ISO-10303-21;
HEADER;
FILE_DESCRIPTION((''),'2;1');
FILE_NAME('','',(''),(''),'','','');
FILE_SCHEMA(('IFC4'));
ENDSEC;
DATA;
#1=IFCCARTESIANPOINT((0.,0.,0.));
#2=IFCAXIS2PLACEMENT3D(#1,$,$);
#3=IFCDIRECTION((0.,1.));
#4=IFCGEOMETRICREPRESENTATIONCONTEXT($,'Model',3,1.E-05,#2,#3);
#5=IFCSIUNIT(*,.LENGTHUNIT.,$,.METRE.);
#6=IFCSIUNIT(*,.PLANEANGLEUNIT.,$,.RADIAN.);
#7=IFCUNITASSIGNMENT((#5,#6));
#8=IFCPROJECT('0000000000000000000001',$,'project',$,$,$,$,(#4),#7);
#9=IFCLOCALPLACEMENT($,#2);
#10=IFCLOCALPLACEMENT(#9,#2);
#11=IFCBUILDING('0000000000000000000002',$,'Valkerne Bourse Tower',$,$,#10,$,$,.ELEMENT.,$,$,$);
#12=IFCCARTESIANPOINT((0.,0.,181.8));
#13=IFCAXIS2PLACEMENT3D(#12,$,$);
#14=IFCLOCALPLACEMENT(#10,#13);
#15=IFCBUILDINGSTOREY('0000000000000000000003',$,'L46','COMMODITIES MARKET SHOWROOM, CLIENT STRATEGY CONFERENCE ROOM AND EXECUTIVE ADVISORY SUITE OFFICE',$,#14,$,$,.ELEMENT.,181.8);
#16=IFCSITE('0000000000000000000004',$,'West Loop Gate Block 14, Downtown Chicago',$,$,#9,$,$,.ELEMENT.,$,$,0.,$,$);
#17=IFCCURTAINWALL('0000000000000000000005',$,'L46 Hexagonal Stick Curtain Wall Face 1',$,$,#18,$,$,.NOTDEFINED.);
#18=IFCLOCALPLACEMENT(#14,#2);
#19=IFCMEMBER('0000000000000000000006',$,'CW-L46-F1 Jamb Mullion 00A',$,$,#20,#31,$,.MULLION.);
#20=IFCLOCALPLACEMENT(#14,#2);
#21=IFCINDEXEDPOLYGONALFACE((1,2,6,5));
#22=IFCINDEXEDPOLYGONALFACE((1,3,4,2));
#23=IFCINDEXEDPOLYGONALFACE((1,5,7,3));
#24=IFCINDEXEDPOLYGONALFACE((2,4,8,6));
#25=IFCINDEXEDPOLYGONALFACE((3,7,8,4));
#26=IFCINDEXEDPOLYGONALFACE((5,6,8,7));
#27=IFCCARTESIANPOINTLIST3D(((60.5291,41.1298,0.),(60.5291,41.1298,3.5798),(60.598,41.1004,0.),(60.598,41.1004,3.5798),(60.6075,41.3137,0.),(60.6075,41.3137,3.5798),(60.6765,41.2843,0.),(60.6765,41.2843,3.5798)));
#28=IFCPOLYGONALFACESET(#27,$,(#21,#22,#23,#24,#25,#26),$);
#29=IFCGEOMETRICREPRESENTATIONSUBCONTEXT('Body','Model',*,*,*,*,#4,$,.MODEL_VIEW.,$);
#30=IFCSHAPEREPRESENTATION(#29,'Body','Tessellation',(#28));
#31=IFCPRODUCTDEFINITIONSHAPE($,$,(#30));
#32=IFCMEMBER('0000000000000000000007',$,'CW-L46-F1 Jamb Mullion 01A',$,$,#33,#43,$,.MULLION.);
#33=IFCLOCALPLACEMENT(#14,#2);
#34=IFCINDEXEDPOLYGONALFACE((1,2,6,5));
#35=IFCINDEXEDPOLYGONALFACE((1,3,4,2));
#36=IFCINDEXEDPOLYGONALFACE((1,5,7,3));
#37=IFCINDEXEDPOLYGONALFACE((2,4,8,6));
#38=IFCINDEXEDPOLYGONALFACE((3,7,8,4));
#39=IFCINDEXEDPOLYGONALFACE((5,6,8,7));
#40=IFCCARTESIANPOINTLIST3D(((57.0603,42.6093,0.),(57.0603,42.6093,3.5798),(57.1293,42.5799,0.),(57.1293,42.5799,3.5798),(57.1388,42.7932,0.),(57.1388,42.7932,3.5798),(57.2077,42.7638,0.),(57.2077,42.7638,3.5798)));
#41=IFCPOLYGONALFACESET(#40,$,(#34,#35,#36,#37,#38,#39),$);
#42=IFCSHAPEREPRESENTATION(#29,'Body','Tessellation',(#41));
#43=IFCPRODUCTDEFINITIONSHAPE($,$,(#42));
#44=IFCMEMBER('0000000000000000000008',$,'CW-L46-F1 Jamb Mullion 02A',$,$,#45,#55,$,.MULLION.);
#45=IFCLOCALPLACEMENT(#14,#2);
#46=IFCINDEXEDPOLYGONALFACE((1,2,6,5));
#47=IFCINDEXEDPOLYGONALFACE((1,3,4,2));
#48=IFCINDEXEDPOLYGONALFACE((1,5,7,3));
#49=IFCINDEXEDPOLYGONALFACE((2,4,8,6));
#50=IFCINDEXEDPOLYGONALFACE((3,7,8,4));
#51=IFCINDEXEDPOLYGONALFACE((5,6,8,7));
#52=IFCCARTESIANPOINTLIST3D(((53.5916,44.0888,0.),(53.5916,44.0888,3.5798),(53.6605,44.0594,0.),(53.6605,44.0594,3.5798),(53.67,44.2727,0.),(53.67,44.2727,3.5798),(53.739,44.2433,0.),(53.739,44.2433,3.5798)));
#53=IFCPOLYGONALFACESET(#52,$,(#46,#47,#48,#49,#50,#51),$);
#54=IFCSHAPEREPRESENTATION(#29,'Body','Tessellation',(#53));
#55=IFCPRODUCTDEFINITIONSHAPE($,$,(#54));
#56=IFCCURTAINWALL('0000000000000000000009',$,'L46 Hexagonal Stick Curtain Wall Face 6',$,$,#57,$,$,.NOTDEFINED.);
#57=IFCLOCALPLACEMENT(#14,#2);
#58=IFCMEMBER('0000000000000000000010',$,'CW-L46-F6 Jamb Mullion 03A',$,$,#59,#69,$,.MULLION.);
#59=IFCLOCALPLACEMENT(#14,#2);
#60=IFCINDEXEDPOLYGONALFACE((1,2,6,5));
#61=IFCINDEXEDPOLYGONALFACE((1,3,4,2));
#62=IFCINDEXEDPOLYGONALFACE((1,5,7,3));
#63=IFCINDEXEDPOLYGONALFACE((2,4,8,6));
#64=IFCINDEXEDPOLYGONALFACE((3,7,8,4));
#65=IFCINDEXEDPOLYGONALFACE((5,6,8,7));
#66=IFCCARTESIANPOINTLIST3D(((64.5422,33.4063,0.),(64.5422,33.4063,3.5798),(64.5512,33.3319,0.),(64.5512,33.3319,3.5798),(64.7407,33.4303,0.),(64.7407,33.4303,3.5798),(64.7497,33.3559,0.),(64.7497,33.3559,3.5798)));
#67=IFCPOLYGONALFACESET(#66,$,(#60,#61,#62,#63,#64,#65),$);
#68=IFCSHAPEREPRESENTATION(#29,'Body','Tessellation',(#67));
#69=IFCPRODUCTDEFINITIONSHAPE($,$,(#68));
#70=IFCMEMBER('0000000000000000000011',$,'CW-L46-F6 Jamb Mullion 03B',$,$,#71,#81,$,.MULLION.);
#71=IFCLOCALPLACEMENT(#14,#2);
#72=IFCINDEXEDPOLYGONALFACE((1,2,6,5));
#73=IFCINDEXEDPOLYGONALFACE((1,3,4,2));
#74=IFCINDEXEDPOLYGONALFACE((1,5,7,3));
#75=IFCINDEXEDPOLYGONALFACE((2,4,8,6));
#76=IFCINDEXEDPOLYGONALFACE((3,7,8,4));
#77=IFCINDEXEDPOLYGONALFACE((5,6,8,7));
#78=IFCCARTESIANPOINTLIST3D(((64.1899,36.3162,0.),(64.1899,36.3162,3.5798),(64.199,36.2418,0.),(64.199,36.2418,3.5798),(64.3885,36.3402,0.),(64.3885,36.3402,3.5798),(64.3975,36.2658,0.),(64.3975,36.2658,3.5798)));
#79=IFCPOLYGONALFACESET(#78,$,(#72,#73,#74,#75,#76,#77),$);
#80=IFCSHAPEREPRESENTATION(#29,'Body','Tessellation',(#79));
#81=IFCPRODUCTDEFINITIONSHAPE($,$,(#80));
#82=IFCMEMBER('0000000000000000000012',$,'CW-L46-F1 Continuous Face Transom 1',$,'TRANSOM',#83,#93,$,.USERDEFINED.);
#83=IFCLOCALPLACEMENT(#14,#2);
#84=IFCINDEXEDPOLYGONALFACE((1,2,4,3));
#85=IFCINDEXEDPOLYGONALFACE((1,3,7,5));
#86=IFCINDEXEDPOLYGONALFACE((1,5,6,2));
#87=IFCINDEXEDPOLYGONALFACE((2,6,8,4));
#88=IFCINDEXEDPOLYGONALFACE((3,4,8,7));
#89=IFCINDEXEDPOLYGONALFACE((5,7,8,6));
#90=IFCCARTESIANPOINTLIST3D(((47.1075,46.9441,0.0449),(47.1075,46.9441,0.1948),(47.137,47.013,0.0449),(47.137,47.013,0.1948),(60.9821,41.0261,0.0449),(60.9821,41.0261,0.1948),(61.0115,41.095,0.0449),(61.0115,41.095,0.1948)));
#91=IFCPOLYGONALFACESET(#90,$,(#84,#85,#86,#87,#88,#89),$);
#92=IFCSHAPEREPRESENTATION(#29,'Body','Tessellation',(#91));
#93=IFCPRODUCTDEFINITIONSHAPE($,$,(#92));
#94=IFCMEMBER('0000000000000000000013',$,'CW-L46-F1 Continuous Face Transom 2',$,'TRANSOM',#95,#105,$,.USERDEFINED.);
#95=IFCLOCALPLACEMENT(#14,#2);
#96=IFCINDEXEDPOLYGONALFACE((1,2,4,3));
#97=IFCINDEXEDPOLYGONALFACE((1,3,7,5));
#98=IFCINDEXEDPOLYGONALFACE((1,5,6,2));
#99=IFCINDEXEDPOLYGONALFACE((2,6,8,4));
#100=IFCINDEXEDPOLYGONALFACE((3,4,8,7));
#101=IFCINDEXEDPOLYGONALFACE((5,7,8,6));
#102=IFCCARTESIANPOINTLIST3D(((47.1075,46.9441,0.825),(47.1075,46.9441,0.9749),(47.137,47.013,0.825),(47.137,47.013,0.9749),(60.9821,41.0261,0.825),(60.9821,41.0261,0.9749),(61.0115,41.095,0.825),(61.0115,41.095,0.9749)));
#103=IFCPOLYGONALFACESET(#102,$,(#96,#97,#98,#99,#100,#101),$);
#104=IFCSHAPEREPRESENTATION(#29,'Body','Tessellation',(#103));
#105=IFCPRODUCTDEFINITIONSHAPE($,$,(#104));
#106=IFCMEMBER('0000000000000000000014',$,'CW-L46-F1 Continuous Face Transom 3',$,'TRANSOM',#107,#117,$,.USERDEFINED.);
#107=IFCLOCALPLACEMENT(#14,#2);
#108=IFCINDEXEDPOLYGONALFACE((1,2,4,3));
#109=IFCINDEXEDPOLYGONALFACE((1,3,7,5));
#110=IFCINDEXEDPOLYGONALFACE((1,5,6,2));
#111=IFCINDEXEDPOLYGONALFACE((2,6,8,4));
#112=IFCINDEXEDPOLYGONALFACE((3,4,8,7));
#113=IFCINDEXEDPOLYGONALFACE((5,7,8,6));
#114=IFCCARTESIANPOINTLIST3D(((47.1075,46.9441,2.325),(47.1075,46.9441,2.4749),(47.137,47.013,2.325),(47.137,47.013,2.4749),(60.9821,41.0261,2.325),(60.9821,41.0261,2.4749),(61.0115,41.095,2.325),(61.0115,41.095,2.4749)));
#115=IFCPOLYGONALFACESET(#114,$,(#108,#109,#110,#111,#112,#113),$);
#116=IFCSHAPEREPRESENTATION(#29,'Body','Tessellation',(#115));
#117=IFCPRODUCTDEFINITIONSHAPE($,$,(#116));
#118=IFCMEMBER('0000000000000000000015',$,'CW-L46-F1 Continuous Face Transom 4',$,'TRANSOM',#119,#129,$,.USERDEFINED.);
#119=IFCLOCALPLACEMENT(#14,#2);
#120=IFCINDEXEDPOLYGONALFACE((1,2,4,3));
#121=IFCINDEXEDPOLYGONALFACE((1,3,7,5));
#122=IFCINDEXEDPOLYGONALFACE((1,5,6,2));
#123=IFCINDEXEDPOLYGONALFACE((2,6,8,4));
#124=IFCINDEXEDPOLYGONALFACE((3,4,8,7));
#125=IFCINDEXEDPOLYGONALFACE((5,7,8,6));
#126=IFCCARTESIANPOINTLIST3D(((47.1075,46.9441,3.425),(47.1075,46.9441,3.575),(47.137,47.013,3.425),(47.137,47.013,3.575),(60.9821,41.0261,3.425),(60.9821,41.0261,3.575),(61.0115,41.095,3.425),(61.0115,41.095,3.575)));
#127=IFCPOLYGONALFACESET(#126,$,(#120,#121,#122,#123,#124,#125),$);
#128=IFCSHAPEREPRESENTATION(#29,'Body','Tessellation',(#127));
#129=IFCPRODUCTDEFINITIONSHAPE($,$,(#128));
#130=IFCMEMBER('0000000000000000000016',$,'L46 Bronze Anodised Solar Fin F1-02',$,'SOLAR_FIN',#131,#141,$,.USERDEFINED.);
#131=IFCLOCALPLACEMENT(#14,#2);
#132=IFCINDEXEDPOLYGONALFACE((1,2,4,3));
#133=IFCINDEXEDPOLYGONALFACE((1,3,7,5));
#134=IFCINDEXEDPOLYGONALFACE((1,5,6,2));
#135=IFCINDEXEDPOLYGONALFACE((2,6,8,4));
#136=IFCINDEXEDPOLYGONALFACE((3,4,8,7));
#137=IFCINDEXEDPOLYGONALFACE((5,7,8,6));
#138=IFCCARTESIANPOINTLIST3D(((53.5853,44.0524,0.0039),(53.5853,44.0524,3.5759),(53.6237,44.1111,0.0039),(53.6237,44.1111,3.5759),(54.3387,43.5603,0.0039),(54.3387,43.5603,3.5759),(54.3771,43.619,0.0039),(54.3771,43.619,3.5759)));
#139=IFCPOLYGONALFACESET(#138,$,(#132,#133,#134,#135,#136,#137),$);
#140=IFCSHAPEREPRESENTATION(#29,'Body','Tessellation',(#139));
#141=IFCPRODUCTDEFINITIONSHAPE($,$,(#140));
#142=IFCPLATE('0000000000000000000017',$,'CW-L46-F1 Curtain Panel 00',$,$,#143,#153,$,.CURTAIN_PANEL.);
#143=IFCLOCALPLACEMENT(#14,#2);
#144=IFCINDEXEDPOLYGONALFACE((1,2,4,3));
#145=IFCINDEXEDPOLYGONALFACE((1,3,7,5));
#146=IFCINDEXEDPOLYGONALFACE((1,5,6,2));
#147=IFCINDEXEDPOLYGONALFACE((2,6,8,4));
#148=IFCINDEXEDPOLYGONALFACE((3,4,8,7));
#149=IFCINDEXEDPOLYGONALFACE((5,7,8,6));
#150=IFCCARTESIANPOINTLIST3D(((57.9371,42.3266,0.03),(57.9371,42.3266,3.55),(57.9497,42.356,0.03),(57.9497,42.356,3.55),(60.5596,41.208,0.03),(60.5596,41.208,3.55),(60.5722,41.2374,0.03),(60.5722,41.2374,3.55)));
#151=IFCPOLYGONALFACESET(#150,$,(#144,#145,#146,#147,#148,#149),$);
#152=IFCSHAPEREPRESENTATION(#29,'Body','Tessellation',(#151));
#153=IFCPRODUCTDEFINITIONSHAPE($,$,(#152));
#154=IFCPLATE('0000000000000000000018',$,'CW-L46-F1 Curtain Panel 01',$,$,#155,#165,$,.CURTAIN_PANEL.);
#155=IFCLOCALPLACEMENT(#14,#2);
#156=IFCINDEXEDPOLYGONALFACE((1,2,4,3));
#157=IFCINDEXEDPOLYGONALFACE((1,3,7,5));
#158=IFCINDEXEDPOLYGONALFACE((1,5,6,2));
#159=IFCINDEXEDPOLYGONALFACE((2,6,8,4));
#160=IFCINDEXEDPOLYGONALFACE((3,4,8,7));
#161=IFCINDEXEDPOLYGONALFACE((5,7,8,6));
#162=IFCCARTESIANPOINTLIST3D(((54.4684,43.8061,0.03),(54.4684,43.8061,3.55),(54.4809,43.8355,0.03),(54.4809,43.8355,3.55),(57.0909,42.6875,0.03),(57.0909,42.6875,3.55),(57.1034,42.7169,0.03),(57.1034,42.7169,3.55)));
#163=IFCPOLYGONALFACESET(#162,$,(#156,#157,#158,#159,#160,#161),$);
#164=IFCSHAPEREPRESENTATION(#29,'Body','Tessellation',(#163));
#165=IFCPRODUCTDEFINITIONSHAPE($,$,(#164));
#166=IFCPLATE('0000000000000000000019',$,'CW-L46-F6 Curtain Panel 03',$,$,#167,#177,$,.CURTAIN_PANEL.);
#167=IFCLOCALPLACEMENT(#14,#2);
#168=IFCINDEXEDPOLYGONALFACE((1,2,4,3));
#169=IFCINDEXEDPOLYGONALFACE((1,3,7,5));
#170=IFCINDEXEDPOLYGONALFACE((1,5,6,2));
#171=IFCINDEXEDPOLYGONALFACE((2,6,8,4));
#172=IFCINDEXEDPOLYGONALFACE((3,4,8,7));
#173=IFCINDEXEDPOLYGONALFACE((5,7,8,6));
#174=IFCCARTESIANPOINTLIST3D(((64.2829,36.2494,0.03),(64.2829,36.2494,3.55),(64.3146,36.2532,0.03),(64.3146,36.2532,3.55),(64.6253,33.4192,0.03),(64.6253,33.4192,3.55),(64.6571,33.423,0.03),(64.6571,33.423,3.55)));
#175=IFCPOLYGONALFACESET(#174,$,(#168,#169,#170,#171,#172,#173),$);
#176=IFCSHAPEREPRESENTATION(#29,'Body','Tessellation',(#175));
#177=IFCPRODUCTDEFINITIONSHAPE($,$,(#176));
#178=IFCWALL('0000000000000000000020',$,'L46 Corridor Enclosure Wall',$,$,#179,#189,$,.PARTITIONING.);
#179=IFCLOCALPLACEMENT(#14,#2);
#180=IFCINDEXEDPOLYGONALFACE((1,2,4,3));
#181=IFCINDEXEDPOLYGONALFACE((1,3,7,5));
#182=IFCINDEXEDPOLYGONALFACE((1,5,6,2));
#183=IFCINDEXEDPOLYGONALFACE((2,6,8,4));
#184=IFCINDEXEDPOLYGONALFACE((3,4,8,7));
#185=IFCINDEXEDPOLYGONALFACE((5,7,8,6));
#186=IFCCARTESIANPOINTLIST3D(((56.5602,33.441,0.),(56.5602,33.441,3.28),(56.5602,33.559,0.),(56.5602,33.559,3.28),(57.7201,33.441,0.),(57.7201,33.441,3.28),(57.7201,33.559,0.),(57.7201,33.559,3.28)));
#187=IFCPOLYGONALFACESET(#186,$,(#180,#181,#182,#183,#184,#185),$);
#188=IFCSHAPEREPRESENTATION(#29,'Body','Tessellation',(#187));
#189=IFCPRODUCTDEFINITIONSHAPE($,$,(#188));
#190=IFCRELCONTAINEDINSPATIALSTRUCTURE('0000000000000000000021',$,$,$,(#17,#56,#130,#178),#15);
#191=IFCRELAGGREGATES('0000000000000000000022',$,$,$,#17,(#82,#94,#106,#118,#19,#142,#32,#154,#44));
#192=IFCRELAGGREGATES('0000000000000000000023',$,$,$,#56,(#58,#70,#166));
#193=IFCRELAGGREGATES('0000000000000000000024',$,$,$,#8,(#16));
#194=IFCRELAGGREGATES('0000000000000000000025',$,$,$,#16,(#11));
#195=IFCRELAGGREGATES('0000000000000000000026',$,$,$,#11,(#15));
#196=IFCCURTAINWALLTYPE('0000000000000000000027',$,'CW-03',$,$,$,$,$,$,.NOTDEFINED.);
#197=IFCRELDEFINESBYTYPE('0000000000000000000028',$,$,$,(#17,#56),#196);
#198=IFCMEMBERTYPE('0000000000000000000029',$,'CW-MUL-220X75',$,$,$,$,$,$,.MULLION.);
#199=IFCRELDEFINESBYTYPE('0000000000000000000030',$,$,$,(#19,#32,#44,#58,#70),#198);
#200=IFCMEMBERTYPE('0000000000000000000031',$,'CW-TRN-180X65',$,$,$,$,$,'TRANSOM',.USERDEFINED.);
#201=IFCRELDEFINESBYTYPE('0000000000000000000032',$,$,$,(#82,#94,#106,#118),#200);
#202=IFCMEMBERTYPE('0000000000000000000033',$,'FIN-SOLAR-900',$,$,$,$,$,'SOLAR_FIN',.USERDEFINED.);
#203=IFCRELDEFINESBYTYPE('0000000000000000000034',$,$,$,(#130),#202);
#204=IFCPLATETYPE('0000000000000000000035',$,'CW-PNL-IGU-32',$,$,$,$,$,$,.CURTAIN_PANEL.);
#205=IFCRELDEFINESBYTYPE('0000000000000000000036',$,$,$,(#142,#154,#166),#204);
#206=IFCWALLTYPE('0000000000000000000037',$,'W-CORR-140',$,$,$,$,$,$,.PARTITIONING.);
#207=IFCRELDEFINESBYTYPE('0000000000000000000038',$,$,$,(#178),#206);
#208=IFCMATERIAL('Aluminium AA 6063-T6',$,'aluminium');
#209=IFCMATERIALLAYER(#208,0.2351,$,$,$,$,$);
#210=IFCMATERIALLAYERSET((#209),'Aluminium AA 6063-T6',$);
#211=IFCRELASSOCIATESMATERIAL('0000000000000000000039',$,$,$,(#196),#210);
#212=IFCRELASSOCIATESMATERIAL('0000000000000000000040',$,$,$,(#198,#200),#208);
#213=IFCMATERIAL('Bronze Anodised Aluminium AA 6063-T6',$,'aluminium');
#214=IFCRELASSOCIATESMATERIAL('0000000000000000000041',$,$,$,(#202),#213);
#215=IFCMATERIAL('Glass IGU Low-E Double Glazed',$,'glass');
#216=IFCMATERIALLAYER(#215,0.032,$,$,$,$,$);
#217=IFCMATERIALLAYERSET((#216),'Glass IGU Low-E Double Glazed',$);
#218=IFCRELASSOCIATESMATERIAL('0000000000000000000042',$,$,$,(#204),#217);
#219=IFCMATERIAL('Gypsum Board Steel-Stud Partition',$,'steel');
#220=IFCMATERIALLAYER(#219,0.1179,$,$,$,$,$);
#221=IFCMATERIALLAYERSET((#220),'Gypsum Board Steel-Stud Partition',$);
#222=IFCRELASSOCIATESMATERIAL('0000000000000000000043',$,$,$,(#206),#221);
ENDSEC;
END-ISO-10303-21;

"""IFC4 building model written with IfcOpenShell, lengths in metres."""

from ifc_helpers import new_model, si_unit, direction, frame, frame_2d, origin, origin_2d, place, context, subcontext, project, spatial, rectangle, extrude, material, layer, layer_set, material_profile, profile_set, type_object, element, aggregate, save


model = new_model("IFC4")

# Units and contexts
model_context = context("Model", 3, precision=1e-05, world=origin(), true_north=direction((0.0, 1.0)))
body_context = subcontext(model_context, "Body", "Model", "MODEL_VIEW")
ifc_project = project(units=[si_unit("LENGTHUNIT", "METRE"), si_unit("PLANEANGLEUNIT", "RADIAN")], contexts=[model_context])

# Site, building, storey
site_placement = place(None, origin())
site = spatial("IfcSite", under=ifc_project, at=site_placement, Name="West Loop Gate Block 14, Downtown Chicago", CompositionType="ELEMENT", RefElevation=0.0)
building_placement = place(site_placement, origin())
building = spatial("IfcBuilding", under=site, at=building_placement, Name="Valkerne Bourse Tower", CompositionType="ELEMENT")
storey_placement = place(building_placement, frame((0.0, 0.0, 181.8)))
storey = spatial("IfcBuildingStorey", under=building, at=storey_placement, Name="L46", Description="COMMODITIES MARKET SHOWROOM, CLIENT STRATEGY CONFERENCE ROOM AND EXECUTIVE ADVISORY SUITE OFFICE", CompositionType="ELEMENT", Elevation=181.8)

# Curtain walls, members
ifc_material_1 = material(Name="Aluminium AA 6063-T6", Category="aluminium")
ifc_layer_1 = layer(ifc_material_1, 0.2351)
ifc_layer_set_1 = layer_set([ifc_layer_1], Name="Aluminium AA 6063-T6")
curtain_wall_type = type_object("IfcCurtainWallType", Name="CW-03", PredefinedType="NOTDEFINED", material=ifc_layer_set_1)
curtain_wall_1_placement = place(storey_placement, origin())
curtain_wall_1 = element("IfcCurtainWall", 1, at=curtain_wall_1_placement, inside=storey, type_object=curtain_wall_type, Name="L46 Hexagonal Stick Curtain Wall Face 1", PredefinedType="NOTDEFINED")
ifc_material_profile_1 = material_profile(ifc_material_1, rectangle(XDim=0.075, YDim=0.2, at=origin_2d()), Name="CWM-75X200")
ifc_profile_set_1 = profile_set([ifc_material_profile_1], Name="Aluminium AA 6063-T6")
member_type_1 = type_object("IfcMemberType", Name="CW-MUL-220X75", PredefinedType="MULLION", material=ifc_profile_set_1)
member_1_placement = place(storey_placement, frame((60.6028, 41.207, 0.0), z_axis=(0.0, 0.0, 1.0), x_axis=(-0.919824, 0.392331, 0.0)))
member_1 = element("IfcMember", 2, at=member_1_placement, type_object=member_type_1, Name="CW-L46-F1 Jamb Mullion 00A", PredefinedType="MULLION", context=body_context, shape_type="SweptSolid", body=[
    extrude(rectangle(XDim=0.075, YDim=0.2, at=origin_2d()), origin(), (0.0, 0.0, 1.0), 3.5798),
])
member_2_placement = place(storey_placement, frame((57.134, 42.6865, 0.0), z_axis=(0.0, 0.0, 1.0), x_axis=(-0.91982, 0.392341, 0.0)))
member_2 = element("IfcMember", 3, at=member_2_placement, type_object=member_type_1, Name="CW-L46-F1 Jamb Mullion 01A", PredefinedType="MULLION", context=body_context, shape_type="SweptSolid", body=[
    extrude(rectangle(XDim=0.075, YDim=0.2, at=origin_2d()), origin(), (0.0, 0.0, 1.0), 3.5798),
])
member_3_placement = place(storey_placement, frame((53.6653, 44.166, 0.0), z_axis=(0.0, 0.0, 1.0), x_axis=(-0.919824, 0.392331, 0.0)))
member_3 = element("IfcMember", 4, at=member_3_placement, type_object=member_type_1, Name="CW-L46-F1 Jamb Mullion 02A", PredefinedType="MULLION", context=body_context, shape_type="SweptSolid", body=[
    extrude(rectangle(XDim=0.075, YDim=0.2, at=origin_2d()), origin(), (0.0, 0.0, 1.0), 3.5798),
])
curtain_wall_2_placement = place(storey_placement, origin())
curtain_wall_2 = element("IfcCurtainWall", 5, at=curtain_wall_2_placement, inside=storey, type_object=curtain_wall_type, Name="L46 Hexagonal Stick Curtain Wall Face 6", PredefinedType="NOTDEFINED")
member_4_placement = place(storey_placement, frame((64.646, 33.3811, 0.0), z_axis=(0.0, 0.0, 1.0), x_axis=(-0.12013, 0.992758, 0.0)))
member_4 = element("IfcMember", 6, at=member_4_placement, type_object=member_type_1, Name="CW-L46-F6 Jamb Mullion 03A", PredefinedType="MULLION", context=body_context, shape_type="SweptSolid", body=[
    extrude(rectangle(XDim=0.075, YDim=0.2, at=origin_2d()), origin(), (0.0, 0.0, 1.0), 3.5798),
])
member_5_placement = place(storey_placement, frame((64.2937, 36.291, 0.0), z_axis=(0.0, 0.0, 1.0), x_axis=(-0.12013, 0.992758, 0.0)))
member_5 = element("IfcMember", 7, at=member_5_placement, type_object=member_type_1, Name="CW-L46-F6 Jamb Mullion 03B", PredefinedType="MULLION", context=body_context, shape_type="SweptSolid", body=[
    extrude(rectangle(XDim=0.075, YDim=0.2, at=origin_2d()), origin(), (0.0, 0.0, 1.0), 3.5798),
])

# Members
ifc_material_profile_2 = material_profile(ifc_material_1, rectangle(XDim=0.075, YDim=0.1499, at=origin_2d()), Name="CWT-75X150")
ifc_profile_set_2 = profile_set([ifc_material_profile_2], Name="Aluminium AA 6063-T6")
member_type_2 = type_object("IfcMemberType", Name="CW-TRN-180X65", ElementType="TRANSOM", PredefinedType="USERDEFINED", material=ifc_profile_set_2)
member_6_placement = place(storey_placement, frame((60.9968, 41.0605, 0.1199), z_axis=(-0.919822, 0.392336, 0.0), x_axis=(-0.392336, -0.919822, 0.0)))
member_6 = element("IfcMember", 8, at=member_6_placement, type_object=member_type_2, Name="CW-L46-F1 Continuous Face Transom 1", ObjectType="TRANSOM", PredefinedType="USERDEFINED", context=body_context, shape_type="SweptSolid", body=[
    extrude(rectangle(XDim=0.075, YDim=0.1499, at=origin_2d()), origin(), (0.0, 0.0, 1.0), 15.084),
])
member_7_placement = place(storey_placement, frame((60.9968, 41.0605, 0.8999), z_axis=(-0.919822, 0.392336, 0.0), x_axis=(-0.392336, -0.919822, 0.0)))
member_7 = element("IfcMember", 9, at=member_7_placement, type_object=member_type_2, Name="CW-L46-F1 Continuous Face Transom 2", ObjectType="TRANSOM", PredefinedType="USERDEFINED", context=body_context, shape_type="SweptSolid", body=[
    extrude(rectangle(XDim=0.075, YDim=0.1499, at=origin_2d()), origin(), (0.0, 0.0, 1.0), 15.084),
])
member_8_placement = place(storey_placement, frame((60.9968, 41.0605, 2.3999), z_axis=(-0.919822, 0.392336, 0.0), x_axis=(-0.392336, -0.919822, 0.0)))
member_8 = element("IfcMember", 10, at=member_8_placement, type_object=member_type_2, Name="CW-L46-F1 Continuous Face Transom 3", ObjectType="TRANSOM", PredefinedType="USERDEFINED", context=body_context, shape_type="SweptSolid", body=[
    extrude(rectangle(XDim=0.075, YDim=0.1499, at=origin_2d()), origin(), (0.0, 0.0, 1.0), 15.084),
])
member_9_placement = place(storey_placement, frame((60.9968, 41.0605, 3.5), z_axis=(-0.919822, 0.392336, 0.0), x_axis=(-0.392336, -0.919822, 0.0)))
member_9 = element("IfcMember", 11, at=member_9_placement, type_object=member_type_2, Name="CW-L46-F1 Continuous Face Transom 4", ObjectType="TRANSOM", PredefinedType="USERDEFINED", context=body_context, shape_type="SweptSolid", body=[
    extrude(rectangle(XDim=0.075, YDim=0.1499, at=origin_2d()), origin(), (0.0, 0.0, 1.0), 15.084),
])
ifc_material_2 = material(Name="Bronze Anodised Aluminium AA 6063-T6", Category="aluminium")
ifc_material_profile_3 = material_profile(ifc_material_2, rectangle(XDim=0.0701, YDim=0.8999, at=origin_2d()), Name="FIN-70X900")
ifc_profile_set_3 = profile_set([ifc_material_profile_3], Name="Bronze Anodised Aluminium AA 6063-T6")
member_type_3 = type_object("IfcMemberType", Name="FIN-SOLAR-900", ElementType="SOLAR_FIN", PredefinedType="USERDEFINED", material=ifc_profile_set_3)
member_10_placement = place(storey_placement, frame((53.9812, 43.8357, 0.0039), z_axis=(0.0, 0.0, 1.0), x_axis=(0.546883, 0.837209, 0.0)))
element("IfcMember", 12, at=member_10_placement, inside=storey, type_object=member_type_3, Name="L46 Bronze Anodised Solar Fin F1-02", ObjectType="SOLAR_FIN", PredefinedType="USERDEFINED", context=body_context, shape_type="SweptSolid", body=[
    extrude(rectangle(XDim=0.0701, YDim=0.8999, at=origin_2d()), origin(), (0.0, 0.0, 1.0), 3.572),
])

# Plates
ifc_material_3 = material(Name="Glass IGU Low-E Double Glazed", Category="glass")
ifc_layer_2 = layer(ifc_material_3, 0.032)
ifc_layer_set_2 = layer_set([ifc_layer_2], Name="Glass IGU Low-E Double Glazed")
plate_type = type_object("IfcPlateType", Name="CW-PNL-IGU-32", PredefinedType="CURTAIN_PANEL", material=ifc_layer_set_2)
plate_1_placement = place(storey_placement, frame((59.2546, 41.782, 0.03), z_axis=(0.0, 0.0, 1.0), x_axis=(-0.919824, 0.392331, 0.0)))
plate_1 = element("IfcPlate", 13, at=plate_1_placement, type_object=plate_type, Name="CW-L46-F1 Curtain Panel 00", PredefinedType="CURTAIN_PANEL", context=body_context, shape_type="SweptSolid", body=[
    extrude(rectangle(XDim=2.8511, YDim=0.032, at=origin_2d()), origin(), (0.0, 0.0, 1.0), 3.52),
])
plate_2_placement = place(storey_placement, frame((55.7859, 43.2615, 0.03), z_axis=(0.0, 0.0, 1.0), x_axis=(-0.91982, 0.392341, 0.0)))
plate_2 = element("IfcPlate", 14, at=plate_2_placement, type_object=plate_type, Name="CW-L46-F1 Curtain Panel 01", PredefinedType="CURTAIN_PANEL", context=body_context, shape_type="SweptSolid", body=[
    extrude(rectangle(XDim=2.8511, YDim=0.032, at=origin_2d()), origin(), (0.0, 0.0, 1.0), 3.52),
])
aggregate(curtain_wall_1, [member_6, member_7, member_8, member_9, member_1, plate_1, member_2, plate_2, member_3])
plate_3_placement = place(storey_placement, frame((64.47, 34.8362, 0.03), z_axis=(0.0, 0.0, 1.0), x_axis=(-0.12013, 0.992758, 0.0)))
plate_3 = element("IfcPlate", 15, at=plate_3_placement, type_object=plate_type, Name="CW-L46-F6 Curtain Panel 03", PredefinedType="CURTAIN_PANEL", context=body_context, shape_type="SweptSolid", body=[
    extrude(rectangle(XDim=2.8508, YDim=0.032, at=origin_2d()), origin(), (0.0, 0.0, 1.0), 3.52),
])
aggregate(curtain_wall_2, [member_4, member_5, plate_3])

# Wall
ifc_material_4 = material(Name="Gypsum Board Steel-Stud Partition", Category="steel")
ifc_layer_3 = layer(ifc_material_4, 0.1179)
ifc_layer_set_3 = layer_set([ifc_layer_3], Name="Gypsum Board Steel-Stud Partition")
wall_type_1 = type_object("IfcWallType", Name="W-CORR-140", PredefinedType="PARTITIONING", material=ifc_layer_set_3)
wall_1_placement = place(storey_placement, frame((56.5601, 33.5, 0.0), z_axis=(0.0, 0.0, 1.0), x_axis=(1.0, 0.0, 0.0)))
element("IfcWall", 16, at=wall_1_placement, inside=storey, type_object=wall_type_1, Name="L46 Corridor Enclosure Wall", PredefinedType="PARTITIONING", context=body_context, shape_type="SweptSolid", body=[
    extrude(rectangle(XDim=1.1599, YDim=0.1179, at=frame_2d((0.5801, 0.0))), origin(), (0.0, 0.0, 1.0), 3.28),
])

save(model, "model.ifc")
